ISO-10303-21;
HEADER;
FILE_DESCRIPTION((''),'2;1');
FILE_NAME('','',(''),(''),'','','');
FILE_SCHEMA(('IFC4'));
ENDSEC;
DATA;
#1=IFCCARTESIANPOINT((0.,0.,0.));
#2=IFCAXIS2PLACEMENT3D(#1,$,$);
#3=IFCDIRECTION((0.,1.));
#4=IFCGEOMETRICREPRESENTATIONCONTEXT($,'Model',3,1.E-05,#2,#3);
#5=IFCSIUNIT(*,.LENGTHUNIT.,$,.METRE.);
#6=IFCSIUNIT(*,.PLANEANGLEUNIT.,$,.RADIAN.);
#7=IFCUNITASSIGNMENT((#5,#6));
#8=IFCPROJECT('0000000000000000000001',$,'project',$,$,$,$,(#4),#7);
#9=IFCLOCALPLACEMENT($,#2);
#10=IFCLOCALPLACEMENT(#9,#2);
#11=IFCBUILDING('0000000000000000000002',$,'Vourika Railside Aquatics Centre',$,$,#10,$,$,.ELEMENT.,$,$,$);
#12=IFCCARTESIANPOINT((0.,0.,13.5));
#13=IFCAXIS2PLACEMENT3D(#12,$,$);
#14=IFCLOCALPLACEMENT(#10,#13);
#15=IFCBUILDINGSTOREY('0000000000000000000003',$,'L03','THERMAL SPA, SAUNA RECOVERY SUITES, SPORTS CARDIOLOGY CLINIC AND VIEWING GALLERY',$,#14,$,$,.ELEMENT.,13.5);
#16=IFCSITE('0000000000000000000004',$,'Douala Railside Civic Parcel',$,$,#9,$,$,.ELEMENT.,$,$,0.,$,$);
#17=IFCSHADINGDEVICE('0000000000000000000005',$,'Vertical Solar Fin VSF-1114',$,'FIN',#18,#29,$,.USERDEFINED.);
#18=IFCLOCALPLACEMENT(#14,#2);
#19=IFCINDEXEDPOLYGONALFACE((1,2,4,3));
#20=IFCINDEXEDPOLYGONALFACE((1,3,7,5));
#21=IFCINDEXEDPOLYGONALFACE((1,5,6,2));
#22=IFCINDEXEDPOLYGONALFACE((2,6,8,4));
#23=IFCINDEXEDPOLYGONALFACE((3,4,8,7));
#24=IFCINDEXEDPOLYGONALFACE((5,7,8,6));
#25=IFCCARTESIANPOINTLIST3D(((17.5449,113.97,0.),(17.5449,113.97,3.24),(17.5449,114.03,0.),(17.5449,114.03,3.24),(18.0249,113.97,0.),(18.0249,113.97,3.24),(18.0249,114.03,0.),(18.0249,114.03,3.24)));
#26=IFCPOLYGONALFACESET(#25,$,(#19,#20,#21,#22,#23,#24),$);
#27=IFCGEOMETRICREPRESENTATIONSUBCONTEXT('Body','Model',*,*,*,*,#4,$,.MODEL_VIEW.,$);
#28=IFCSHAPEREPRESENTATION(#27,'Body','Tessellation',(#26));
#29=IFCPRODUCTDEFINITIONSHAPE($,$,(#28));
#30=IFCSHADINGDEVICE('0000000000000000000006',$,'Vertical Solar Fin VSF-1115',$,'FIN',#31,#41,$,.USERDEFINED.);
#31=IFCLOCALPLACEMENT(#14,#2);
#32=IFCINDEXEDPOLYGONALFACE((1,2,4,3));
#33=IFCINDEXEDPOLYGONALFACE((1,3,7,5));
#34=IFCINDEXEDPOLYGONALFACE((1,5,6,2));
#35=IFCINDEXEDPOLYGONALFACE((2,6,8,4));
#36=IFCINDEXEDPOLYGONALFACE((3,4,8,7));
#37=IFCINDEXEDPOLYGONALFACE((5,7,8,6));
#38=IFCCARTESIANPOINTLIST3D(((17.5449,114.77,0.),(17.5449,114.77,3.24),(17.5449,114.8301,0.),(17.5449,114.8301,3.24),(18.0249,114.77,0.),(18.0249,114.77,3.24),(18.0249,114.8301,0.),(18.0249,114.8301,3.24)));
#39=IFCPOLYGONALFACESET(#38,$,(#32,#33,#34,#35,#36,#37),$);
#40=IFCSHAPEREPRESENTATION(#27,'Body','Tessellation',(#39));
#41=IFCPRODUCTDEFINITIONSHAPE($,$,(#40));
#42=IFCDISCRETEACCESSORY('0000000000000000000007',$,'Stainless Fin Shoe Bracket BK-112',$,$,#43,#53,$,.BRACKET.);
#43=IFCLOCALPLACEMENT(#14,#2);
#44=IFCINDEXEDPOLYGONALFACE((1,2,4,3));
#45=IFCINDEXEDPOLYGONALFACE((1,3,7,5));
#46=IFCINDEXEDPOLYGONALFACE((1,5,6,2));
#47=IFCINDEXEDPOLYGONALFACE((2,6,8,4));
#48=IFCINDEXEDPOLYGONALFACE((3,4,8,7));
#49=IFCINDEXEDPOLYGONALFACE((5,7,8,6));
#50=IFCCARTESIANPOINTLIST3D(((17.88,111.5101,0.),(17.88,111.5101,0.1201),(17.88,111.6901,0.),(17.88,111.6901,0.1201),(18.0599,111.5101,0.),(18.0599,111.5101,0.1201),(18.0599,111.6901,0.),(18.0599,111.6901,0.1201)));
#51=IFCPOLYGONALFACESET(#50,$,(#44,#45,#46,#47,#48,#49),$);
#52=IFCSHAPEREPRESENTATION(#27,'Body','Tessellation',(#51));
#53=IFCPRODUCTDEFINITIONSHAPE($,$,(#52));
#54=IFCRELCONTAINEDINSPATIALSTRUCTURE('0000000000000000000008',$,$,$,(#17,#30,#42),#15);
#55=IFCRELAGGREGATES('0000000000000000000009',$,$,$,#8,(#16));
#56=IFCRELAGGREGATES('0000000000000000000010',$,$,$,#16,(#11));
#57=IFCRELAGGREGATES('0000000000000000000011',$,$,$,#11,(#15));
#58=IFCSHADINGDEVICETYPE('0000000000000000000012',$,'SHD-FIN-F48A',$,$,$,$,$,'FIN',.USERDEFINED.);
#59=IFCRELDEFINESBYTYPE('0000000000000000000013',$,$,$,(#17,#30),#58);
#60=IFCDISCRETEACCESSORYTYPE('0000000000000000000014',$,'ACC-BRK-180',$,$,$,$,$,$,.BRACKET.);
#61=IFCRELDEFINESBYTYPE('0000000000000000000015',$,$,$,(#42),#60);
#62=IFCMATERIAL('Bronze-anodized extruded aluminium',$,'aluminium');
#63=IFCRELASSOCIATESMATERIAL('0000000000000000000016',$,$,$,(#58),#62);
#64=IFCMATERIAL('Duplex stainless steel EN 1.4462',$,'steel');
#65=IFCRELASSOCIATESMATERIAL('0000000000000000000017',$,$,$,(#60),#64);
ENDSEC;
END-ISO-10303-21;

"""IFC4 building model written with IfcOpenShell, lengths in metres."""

from ifc_helpers import new_model, si_unit, direction, frame, origin, origin_2d, place, context, subcontext, project, spatial, rectangle, extrude, material, material_profile, profile_set, type_object, element, save


model = new_model("IFC4")

# Units and contexts
model_context = context("Model", 3, precision=1e-05, world=origin(), true_north=direction((0.0, 1.0)))
body_context = subcontext(model_context, "Body", "Model", "MODEL_VIEW")
ifc_project = project(units=[si_unit("LENGTHUNIT", "METRE"), si_unit("PLANEANGLEUNIT", "RADIAN")], contexts=[model_context])

# Site, building, storey
site_placement = place(None, origin())
site = spatial("IfcSite", under=ifc_project, at=site_placement, Name="Douala Railside Civic Parcel", CompositionType="ELEMENT", RefElevation=0.0)
building_placement = place(site_placement, origin())
building = spatial("IfcBuilding", under=site, at=building_placement, Name="Vourika Railside Aquatics Centre", CompositionType="ELEMENT")
storey_placement = place(building_placement, frame((0.0, 0.0, 13.5)))
storey = spatial("IfcBuildingStorey", under=building, at=storey_placement, Name="L03", Description="THERMAL SPA, SAUNA RECOVERY SUITES, SPORTS CARDIOLOGY CLINIC AND VIEWING GALLERY", CompositionType="ELEMENT", Elevation=13.5)

# Shading devices
ifc_material_1 = material(Name="Bronze-anodized extruded aluminium", Category="aluminium")
ifc_material_profile_1 = material_profile(ifc_material_1, rectangle(XDim=0.0601, YDim=0.48, at=origin_2d()), Name="ALU-FIN 60x480")
ifc_profile_set_1 = profile_set([ifc_material_profile_1], Name="Bronze-anodized extruded aluminium")
shading_device_type = type_object("IfcShadingDeviceType", Name="SHD-FIN-F48A", ElementType="FIN", PredefinedType="USERDEFINED", material=ifc_profile_set_1)
for number, where, z_axis, x_axis, name in (
    (1, (17.7849, 114.0, 0.0), (0.0, 0.0, 1.0), (0.0, 1.0, 0.0), "Vertical Solar Fin VSF-1114"),
    (2, (17.7849, 114.8, 0.0), (0.0, 0.0, 1.0), (0.0, 1.0, 0.0), "Vertical Solar Fin VSF-1115"),
):
    element("IfcShadingDevice", number, at=place(storey_placement, frame(where, z_axis=z_axis, x_axis=x_axis)), inside=storey, type_object=shading_device_type, Name=name, ObjectType="FIN", PredefinedType="USERDEFINED", context=body_context, shape_type="SweptSolid", body=[
        extrude(rectangle(XDim=0.0601, YDim=0.48, at=origin_2d()), origin(), (0.0, 0.0, 1.0), 3.24),
    ])

# Discrete accessory
ifc_material_2 = material(Name="Duplex stainless steel EN 1.4462", Category="steel")
discrete_accessory_type = type_object("IfcDiscreteAccessoryType", Name="ACC-BRK-180", PredefinedType="BRACKET", material=ifc_material_2)
discrete_accessory_placement = place(storey_placement, frame((17.97, 111.6001, 0.0), z_axis=(0.0, 0.0, 1.0), x_axis=(-1.0, 0.0, 0.0)))
element("IfcDiscreteAccessory", 3, at=discrete_accessory_placement, inside=storey, type_object=discrete_accessory_type, Name="Stainless Fin Shoe Bracket BK-112", PredefinedType="BRACKET", context=body_context, shape_type="SweptSolid", body=[
    extrude(rectangle(XDim=0.1799, YDim=0.1799, at=origin_2d()), origin(), (0.0, 0.0, 1.0), 0.1201),
])

save(model, "model.ifc")
